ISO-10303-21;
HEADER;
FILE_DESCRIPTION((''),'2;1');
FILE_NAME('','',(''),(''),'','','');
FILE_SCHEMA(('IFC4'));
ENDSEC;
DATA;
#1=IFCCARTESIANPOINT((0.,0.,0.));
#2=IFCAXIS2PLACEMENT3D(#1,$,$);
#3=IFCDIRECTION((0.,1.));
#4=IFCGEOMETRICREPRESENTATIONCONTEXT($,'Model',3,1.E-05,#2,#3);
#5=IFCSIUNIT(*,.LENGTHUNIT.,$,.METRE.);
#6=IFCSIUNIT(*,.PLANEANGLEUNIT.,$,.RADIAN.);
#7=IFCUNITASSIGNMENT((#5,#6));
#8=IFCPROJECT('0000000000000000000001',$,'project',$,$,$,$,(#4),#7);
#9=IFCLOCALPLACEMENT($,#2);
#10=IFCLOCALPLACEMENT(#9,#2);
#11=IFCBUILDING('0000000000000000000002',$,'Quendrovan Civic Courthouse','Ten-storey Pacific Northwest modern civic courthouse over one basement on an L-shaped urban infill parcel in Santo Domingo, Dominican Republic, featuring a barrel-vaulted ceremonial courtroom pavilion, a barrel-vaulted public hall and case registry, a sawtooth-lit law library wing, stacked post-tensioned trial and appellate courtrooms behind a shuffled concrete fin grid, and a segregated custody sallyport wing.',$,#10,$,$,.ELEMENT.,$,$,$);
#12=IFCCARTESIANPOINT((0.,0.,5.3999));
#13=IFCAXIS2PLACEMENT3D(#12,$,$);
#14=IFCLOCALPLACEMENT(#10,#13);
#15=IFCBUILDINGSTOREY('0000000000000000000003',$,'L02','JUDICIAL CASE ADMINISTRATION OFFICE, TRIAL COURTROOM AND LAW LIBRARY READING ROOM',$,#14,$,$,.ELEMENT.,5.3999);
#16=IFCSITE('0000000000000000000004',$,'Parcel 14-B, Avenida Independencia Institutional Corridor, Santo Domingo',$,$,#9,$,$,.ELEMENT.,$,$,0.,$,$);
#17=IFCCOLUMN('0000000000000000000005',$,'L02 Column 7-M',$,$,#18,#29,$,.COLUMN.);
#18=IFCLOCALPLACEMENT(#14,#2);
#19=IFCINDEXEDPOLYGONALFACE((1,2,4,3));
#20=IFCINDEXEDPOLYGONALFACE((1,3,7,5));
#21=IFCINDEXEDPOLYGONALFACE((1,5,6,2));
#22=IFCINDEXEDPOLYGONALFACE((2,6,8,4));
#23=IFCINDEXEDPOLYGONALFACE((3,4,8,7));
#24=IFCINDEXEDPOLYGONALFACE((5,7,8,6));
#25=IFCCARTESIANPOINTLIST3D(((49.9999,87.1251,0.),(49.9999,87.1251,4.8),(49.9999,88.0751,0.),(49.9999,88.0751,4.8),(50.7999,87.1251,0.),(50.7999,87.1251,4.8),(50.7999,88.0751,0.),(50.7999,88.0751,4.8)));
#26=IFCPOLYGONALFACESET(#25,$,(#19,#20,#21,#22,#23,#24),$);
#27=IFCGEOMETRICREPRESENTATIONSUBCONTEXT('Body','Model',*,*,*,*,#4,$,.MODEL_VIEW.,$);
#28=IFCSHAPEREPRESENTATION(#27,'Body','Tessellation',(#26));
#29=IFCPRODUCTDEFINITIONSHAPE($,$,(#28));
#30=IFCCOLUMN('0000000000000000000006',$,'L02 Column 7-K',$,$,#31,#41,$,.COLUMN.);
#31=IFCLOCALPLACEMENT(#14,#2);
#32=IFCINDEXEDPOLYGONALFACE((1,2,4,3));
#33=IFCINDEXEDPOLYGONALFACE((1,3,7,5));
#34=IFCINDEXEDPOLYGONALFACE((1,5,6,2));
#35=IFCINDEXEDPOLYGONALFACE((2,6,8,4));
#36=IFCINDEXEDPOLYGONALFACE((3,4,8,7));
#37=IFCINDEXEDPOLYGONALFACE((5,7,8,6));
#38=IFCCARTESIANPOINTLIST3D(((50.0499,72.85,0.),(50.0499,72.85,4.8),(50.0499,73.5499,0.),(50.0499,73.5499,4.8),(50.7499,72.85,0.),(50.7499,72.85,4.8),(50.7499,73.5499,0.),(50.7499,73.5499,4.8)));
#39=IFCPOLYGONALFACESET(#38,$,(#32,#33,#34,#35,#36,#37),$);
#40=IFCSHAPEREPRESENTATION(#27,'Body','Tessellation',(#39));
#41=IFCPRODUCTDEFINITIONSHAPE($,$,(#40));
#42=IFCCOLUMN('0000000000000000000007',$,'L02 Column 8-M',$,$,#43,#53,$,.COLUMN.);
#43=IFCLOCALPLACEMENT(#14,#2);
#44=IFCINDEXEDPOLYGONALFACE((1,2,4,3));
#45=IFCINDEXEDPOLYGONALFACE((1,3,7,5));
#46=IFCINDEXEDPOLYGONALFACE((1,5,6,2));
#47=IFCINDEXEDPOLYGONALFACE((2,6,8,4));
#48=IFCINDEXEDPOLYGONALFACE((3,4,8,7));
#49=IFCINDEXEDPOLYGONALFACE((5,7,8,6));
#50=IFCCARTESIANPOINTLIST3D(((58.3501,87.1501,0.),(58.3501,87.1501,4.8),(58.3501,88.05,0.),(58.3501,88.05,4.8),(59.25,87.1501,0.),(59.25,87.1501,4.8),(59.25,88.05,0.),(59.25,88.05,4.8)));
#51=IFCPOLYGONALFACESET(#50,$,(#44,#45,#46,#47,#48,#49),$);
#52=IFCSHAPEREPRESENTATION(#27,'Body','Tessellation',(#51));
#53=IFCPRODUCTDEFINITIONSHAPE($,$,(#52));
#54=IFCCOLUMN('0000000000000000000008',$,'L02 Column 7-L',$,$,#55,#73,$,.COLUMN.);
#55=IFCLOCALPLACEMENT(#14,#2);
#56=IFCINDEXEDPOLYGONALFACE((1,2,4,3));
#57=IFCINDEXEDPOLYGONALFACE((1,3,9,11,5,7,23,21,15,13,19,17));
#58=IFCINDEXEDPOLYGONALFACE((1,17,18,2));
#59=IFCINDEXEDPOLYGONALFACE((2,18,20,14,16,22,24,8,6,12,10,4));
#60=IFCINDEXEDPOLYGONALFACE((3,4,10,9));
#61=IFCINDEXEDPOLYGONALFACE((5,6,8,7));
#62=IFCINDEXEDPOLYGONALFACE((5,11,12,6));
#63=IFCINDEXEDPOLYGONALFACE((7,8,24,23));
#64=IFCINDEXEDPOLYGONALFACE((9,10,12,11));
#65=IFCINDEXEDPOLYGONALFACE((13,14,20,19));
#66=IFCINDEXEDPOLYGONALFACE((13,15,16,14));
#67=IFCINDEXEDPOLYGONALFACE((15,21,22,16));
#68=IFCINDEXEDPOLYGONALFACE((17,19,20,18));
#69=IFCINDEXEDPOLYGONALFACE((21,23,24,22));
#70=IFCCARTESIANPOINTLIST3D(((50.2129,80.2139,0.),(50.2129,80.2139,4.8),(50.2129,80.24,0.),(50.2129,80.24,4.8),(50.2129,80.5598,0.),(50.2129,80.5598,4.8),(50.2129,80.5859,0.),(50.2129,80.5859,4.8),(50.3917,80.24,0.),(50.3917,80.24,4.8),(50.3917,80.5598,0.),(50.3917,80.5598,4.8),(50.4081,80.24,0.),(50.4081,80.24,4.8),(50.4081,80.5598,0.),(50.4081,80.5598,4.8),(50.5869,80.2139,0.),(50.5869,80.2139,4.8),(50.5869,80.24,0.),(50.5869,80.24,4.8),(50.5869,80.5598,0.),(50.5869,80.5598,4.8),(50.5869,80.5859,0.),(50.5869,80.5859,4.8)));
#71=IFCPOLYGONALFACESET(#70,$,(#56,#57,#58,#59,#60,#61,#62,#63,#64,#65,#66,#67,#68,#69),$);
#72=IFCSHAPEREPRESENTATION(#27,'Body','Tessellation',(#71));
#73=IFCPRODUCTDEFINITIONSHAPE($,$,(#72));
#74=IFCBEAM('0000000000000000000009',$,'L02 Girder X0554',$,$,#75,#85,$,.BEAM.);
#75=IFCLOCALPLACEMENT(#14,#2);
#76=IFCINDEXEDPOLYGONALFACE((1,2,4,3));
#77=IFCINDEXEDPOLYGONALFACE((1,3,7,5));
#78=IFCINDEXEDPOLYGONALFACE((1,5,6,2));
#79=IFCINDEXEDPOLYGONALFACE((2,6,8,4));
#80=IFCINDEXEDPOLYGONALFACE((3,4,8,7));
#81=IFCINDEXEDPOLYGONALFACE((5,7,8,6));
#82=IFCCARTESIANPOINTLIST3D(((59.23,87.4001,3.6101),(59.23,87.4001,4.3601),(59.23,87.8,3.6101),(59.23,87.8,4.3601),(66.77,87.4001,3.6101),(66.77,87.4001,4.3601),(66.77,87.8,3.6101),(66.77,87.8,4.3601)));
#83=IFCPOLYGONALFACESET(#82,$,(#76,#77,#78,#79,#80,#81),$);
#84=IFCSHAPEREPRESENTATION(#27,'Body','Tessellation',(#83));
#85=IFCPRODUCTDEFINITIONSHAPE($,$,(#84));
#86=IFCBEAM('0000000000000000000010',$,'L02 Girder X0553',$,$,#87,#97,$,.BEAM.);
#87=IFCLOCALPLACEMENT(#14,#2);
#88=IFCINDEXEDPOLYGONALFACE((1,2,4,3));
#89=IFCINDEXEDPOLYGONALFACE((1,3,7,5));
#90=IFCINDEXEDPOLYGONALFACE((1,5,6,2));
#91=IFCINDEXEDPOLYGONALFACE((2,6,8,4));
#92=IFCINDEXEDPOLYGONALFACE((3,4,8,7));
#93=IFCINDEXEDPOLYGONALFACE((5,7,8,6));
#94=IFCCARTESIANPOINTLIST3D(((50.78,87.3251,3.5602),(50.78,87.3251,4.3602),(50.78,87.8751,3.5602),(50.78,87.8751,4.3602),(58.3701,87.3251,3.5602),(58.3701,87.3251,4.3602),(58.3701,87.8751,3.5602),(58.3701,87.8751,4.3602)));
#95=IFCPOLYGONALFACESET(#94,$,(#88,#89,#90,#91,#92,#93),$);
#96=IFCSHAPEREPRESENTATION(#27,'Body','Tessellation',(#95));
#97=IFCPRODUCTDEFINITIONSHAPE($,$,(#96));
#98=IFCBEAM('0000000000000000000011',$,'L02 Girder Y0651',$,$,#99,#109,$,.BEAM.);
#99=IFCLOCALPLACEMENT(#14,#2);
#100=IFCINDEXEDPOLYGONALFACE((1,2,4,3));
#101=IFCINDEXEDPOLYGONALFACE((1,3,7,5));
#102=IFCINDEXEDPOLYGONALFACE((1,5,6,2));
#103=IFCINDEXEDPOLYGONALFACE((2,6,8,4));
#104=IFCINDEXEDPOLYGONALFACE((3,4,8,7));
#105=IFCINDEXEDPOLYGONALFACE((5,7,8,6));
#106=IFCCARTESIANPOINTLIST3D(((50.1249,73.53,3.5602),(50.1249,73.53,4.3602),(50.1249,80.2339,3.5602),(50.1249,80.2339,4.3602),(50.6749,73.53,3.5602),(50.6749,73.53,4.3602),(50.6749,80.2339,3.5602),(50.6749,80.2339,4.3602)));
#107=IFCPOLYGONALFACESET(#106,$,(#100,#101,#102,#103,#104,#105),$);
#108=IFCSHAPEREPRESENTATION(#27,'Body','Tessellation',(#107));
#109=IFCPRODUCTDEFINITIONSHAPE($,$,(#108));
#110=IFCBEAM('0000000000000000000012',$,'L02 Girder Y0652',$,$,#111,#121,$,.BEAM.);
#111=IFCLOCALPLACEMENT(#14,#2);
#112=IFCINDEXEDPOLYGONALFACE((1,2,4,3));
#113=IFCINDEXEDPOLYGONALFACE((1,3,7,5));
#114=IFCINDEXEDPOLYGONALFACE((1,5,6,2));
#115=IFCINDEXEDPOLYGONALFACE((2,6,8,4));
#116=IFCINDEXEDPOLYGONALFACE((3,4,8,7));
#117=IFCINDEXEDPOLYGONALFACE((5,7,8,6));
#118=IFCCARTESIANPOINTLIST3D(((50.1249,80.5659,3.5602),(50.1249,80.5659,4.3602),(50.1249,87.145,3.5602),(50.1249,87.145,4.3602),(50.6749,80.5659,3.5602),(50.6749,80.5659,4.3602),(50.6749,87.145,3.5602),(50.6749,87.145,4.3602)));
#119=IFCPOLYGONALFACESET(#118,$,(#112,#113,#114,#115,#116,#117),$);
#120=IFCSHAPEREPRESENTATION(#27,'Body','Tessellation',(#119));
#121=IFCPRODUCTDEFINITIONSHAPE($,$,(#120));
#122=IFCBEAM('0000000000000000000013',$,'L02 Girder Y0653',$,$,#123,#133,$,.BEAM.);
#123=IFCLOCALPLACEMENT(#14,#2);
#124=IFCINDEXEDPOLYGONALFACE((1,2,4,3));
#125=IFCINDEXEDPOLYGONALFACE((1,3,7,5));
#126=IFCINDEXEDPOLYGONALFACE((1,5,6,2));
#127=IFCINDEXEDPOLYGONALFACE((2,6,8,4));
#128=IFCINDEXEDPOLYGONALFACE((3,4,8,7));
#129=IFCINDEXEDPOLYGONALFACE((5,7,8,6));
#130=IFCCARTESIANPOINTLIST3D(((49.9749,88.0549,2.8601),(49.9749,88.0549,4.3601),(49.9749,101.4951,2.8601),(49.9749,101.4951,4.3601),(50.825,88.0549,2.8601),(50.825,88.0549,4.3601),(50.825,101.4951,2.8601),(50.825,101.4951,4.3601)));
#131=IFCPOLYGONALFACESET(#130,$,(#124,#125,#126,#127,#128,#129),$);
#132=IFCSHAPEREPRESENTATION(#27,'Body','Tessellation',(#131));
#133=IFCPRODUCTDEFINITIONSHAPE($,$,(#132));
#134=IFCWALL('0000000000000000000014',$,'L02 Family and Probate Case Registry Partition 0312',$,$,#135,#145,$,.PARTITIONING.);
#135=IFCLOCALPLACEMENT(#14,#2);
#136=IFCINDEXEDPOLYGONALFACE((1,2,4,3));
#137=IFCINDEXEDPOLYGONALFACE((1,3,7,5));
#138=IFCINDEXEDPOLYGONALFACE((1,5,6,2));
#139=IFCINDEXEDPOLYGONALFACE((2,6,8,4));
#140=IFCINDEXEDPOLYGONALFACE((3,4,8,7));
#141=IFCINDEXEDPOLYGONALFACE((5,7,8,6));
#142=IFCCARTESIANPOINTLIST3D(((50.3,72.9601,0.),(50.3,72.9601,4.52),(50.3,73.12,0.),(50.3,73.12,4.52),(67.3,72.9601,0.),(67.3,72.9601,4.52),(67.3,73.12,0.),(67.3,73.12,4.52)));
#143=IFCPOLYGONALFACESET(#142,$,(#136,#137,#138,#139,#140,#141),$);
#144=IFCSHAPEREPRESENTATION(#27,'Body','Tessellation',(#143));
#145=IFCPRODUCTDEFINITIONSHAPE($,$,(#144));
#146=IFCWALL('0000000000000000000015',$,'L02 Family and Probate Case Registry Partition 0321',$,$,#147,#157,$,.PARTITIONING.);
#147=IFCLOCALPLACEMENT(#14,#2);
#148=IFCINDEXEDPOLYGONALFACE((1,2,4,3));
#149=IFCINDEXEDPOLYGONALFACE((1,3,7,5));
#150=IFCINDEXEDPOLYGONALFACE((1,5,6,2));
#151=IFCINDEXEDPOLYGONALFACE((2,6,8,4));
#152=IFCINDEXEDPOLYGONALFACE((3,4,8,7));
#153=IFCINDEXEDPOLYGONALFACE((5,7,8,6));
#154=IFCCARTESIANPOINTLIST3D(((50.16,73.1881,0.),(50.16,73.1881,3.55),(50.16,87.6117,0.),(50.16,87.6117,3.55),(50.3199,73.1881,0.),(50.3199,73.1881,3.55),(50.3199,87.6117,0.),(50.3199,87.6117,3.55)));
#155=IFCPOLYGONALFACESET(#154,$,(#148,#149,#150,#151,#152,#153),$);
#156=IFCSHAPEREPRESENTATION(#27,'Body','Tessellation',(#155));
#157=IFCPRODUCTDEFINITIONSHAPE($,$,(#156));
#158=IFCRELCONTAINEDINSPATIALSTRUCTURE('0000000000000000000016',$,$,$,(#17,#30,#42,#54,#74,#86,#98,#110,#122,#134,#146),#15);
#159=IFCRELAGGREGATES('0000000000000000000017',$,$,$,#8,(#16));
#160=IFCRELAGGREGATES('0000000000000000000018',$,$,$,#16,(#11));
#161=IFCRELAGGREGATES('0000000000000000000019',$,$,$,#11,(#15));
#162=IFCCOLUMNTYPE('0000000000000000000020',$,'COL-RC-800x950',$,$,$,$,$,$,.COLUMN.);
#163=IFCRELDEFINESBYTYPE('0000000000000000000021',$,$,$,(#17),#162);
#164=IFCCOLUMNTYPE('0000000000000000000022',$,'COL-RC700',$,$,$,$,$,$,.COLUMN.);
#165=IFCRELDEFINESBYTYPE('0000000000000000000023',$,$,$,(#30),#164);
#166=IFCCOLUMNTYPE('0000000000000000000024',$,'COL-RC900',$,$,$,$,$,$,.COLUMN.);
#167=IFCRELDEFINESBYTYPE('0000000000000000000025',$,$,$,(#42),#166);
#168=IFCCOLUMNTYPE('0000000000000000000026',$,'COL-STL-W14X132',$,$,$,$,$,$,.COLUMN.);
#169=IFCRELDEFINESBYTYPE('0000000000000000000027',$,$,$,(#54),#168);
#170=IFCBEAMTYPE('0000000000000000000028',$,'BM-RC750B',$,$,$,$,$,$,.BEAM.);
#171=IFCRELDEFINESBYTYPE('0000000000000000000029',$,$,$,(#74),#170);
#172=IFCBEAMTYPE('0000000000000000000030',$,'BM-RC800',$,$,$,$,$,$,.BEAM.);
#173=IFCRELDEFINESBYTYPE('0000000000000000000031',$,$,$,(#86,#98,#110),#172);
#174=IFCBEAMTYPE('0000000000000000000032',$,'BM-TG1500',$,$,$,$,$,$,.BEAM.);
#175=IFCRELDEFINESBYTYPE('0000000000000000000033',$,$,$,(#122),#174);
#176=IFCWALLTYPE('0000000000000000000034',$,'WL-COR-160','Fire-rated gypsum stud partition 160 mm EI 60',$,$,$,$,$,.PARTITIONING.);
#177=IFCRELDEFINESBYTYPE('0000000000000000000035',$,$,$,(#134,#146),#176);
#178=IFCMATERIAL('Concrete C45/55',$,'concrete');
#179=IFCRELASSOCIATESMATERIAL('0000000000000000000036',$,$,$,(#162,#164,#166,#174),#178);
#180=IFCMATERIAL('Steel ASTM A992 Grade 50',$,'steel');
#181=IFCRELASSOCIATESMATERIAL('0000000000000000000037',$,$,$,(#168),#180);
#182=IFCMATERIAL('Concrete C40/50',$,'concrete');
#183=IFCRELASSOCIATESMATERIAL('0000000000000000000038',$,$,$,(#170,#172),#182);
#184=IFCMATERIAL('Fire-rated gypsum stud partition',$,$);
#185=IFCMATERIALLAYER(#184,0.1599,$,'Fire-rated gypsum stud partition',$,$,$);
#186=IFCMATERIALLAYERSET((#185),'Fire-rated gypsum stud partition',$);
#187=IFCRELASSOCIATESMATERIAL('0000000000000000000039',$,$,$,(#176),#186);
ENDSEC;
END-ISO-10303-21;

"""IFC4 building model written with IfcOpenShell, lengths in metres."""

from ifc_helpers import new_model, si_unit, direction, frame, frame_2d, origin, origin_2d, place, context, subcontext, project, spatial, rectangle, i_section, extrude, material, layer, layer_set, material_profile, profile_set, type_object, element, save


model = new_model("IFC4")

# Units and contexts
model_context = context("Model", 3, precision=1e-05, world=origin(), true_north=direction((0.0, 1.0)))
body_context = subcontext(model_context, "Body", "Model", "MODEL_VIEW")
ifc_project = project(units=[si_unit("LENGTHUNIT", "METRE"), si_unit("PLANEANGLEUNIT", "RADIAN")], contexts=[model_context])

# Site, building, storey
site_placement = place(None, origin())
site = spatial("IfcSite", under=ifc_project, at=site_placement, Name="Parcel 14-B, Avenida Independencia Institutional Corridor, Santo Domingo", CompositionType="ELEMENT", RefElevation=0.0)
building_placement = place(site_placement, origin())
building = spatial("IfcBuilding", under=site, at=building_placement, Name="Quendrovan Civic Courthouse", Description="Ten-storey Pacific Northwest modern civic courthouse over one basement on an L-shaped urban infill parcel in Santo Domingo, Dominican Republic, featuring a barrel-vaulted ceremonial courtroom pavilion, a barrel-vaulted public hall and case registry, a sawtooth-lit law library wing, stacked post-tensioned trial and appellate courtrooms behind a shuffled concrete fin grid, and a segregated custody sallyport wing.", CompositionType="ELEMENT")
storey_placement = place(building_placement, frame((0.0, 0.0, 5.3999)))
storey = spatial("IfcBuildingStorey", under=building, at=storey_placement, Name="L02", Description="JUDICIAL CASE ADMINISTRATION OFFICE, TRIAL COURTROOM AND LAW LIBRARY READING ROOM", CompositionType="ELEMENT", Elevation=5.3999)

# Columns
ifc_material_1 = material(Name="Concrete C45/55", Category="concrete")
ifc_material_profile_1 = material_profile(ifc_material_1, rectangle(XDim=0.8, YDim=0.95, at=origin_2d()), Name="RC-COL-800x950")
ifc_profile_set_1 = profile_set([ifc_material_profile_1], Name="Concrete C45/55")
column_type_1 = type_object("IfcColumnType", Name="COL-RC-800x950", PredefinedType="COLUMN", material=ifc_profile_set_1)
column_1_placement = place(storey_placement, frame((50.3999, 87.6001, 0.0), z_axis=(0.0, 0.0, 1.0), x_axis=(1.0, 0.0, 0.0)))
element("IfcColumn", 1, at=column_1_placement, inside=storey, type_object=column_type_1, Name="L02 Column 7-M", PredefinedType="COLUMN", context=body_context, shape_type="SweptSolid", body=[
    extrude(rectangle(XDim=0.8, YDim=0.95, at=origin_2d()), origin(), (0.0, 0.0, 1.0), 4.8),
])
ifc_material_profile_2 = material_profile(ifc_material_1, rectangle(XDim=0.7, YDim=0.7, at=origin_2d()), Name="RC-COL-700x700")
ifc_profile_set_2 = profile_set([ifc_material_profile_2], Name="Concrete C45/55")
column_type_2 = type_object("IfcColumnType", Name="COL-RC700", PredefinedType="COLUMN", material=ifc_profile_set_2)
column_2_placement = place(storey_placement, frame((50.3999, 73.2, 0.0), z_axis=(0.0, 0.0, 1.0), x_axis=(1.0, 0.0, 0.0)))
element("IfcColumn", 2, at=column_2_placement, inside=storey, type_object=column_type_2, Name="L02 Column 7-K", PredefinedType="COLUMN", context=body_context, shape_type="SweptSolid", body=[
    extrude(rectangle(XDim=0.7, YDim=0.7, at=origin_2d()), origin(), (0.0, 0.0, 1.0), 4.8),
])
ifc_material_profile_3 = material_profile(ifc_material_1, rectangle(XDim=0.8999, YDim=0.8999, at=origin_2d()), Name="RC-COL-900x900")
ifc_profile_set_3 = profile_set([ifc_material_profile_3], Name="Concrete C45/55")
column_type_3 = type_object("IfcColumnType", Name="COL-RC900", PredefinedType="COLUMN", material=ifc_profile_set_3)
column_3_placement = place(storey_placement, frame((58.8, 87.6001, 0.0), z_axis=(0.0, 0.0, 1.0), x_axis=(1.0, 0.0, 0.0)))
element("IfcColumn", 3, at=column_3_placement, inside=storey, type_object=column_type_3, Name="L02 Column 8-M", PredefinedType="COLUMN", context=body_context, shape_type="SweptSolid", body=[
    extrude(rectangle(XDim=0.8999, YDim=0.8999, at=origin_2d()), origin(), (0.0, 0.0, 1.0), 4.8),
])
ifc_material_2 = material(Name="Steel ASTM A992 Grade 50", Category="steel")
ifc_material_profile_4 = material_profile(ifc_material_2, i_section(OverallWidth=0.374, OverallDepth=0.3721, WebThickness=0.0164, FlangeThickness=0.0261, at=origin_2d()), Name="W14X132")
ifc_profile_set_4 = profile_set([ifc_material_profile_4], Name="Steel ASTM A992 Grade 50")
column_type_4 = type_object("IfcColumnType", Name="COL-STL-W14X132", PredefinedType="COLUMN", material=ifc_profile_set_4)
column_4_placement = place(storey_placement, frame((50.3999, 80.3999, 0.0), z_axis=(0.0, 0.0, 1.0), x_axis=(1.0, 0.0, 0.0)))
element("IfcColumn", 4, at=column_4_placement, inside=storey, type_object=column_type_4, Name="L02 Column 7-L", PredefinedType="COLUMN", context=body_context, shape_type="SweptSolid", body=[
    extrude(i_section(OverallWidth=0.374, OverallDepth=0.3721, WebThickness=0.0164, FlangeThickness=0.0261, at=origin_2d()), origin(), (0.0, 0.0, 1.0), 4.8),
])

# Beams
ifc_material_3 = material(Name="Concrete C40/50", Category="concrete")
ifc_material_profile_5 = material_profile(ifc_material_3, rectangle(XDim=0.3999, YDim=0.75, at=origin_2d()), Name="RC-BM-400x750")
ifc_profile_set_5 = profile_set([ifc_material_profile_5], Name="Concrete C40/50")
beam_type_1 = type_object("IfcBeamType", Name="BM-RC750B", PredefinedType="BEAM", material=ifc_profile_set_5)
beam_1_placement = place(storey_placement, frame((59.23, 87.6001, 3.9851), z_axis=(1.0, 0.0, 0.0), x_axis=(0.0, 1.0, 0.0)))
element("IfcBeam", 5, at=beam_1_placement, inside=storey, type_object=beam_type_1, Name="L02 Girder X0554", PredefinedType="BEAM", context=body_context, shape_type="SweptSolid", body=[
    extrude(rectangle(XDim=0.3999, YDim=0.75, at=origin_2d()), origin(), (0.0, 0.0, 1.0), 7.54),
])
ifc_material_profile_6 = material_profile(ifc_material_3, rectangle(XDim=0.55, YDim=0.8, at=origin_2d()), Name="RC-BM-550x800")
ifc_profile_set_6 = profile_set([ifc_material_profile_6], Name="Concrete C40/50")
beam_type_2 = type_object("IfcBeamType", Name="BM-RC800", PredefinedType="BEAM", material=ifc_profile_set_6)
beam_2_placement = place(storey_placement, frame((50.78, 87.6001, 3.9602), z_axis=(1.0, 0.0, 0.0), x_axis=(0.0, 1.0, 0.0)))
element("IfcBeam", 6, at=beam_2_placement, inside=storey, type_object=beam_type_2, Name="L02 Girder X0553", PredefinedType="BEAM", context=body_context, shape_type="SweptSolid", body=[
    extrude(rectangle(XDim=0.55, YDim=0.8, at=origin_2d()), origin(), (0.0, 0.0, 1.0), 7.5901),
])
beam_3_placement = place(storey_placement, frame((50.3999, 73.53, 3.9602), z_axis=(0.0, 1.0, 0.0), x_axis=(-1.0, 0.0, 0.0)))
element("IfcBeam", 7, at=beam_3_placement, inside=storey, type_object=beam_type_2, Name="L02 Girder Y0651", PredefinedType="BEAM", context=body_context, shape_type="SweptSolid", body=[
    extrude(rectangle(XDim=0.55, YDim=0.8, at=origin_2d()), origin(), (0.0, 0.0, 1.0), 6.7039),
])
beam_4_placement = place(storey_placement, frame((50.3999, 80.5659, 3.9602), z_axis=(0.0, 1.0, 0.0), x_axis=(-1.0, 0.0, 0.0)))
element("IfcBeam", 8, at=beam_4_placement, inside=storey, type_object=beam_type_2, Name="L02 Girder Y0652", PredefinedType="BEAM", context=body_context, shape_type="SweptSolid", body=[
    extrude(rectangle(XDim=0.55, YDim=0.8, at=origin_2d()), origin(), (0.0, 0.0, 1.0), 6.5791),
])
ifc_material_profile_7 = material_profile(ifc_material_1, rectangle(XDim=0.8501, YDim=1.5, at=origin_2d()), Name="RC-TG-850x1500")
ifc_profile_set_7 = profile_set([ifc_material_profile_7], Name="Concrete C45/55")
beam_type_3 = type_object("IfcBeamType", Name="BM-TG1500", PredefinedType="BEAM", material=ifc_profile_set_7)
beam_5_placement = place(storey_placement, frame((50.3999, 88.0549, 3.6101), z_axis=(0.0, 1.0, 0.0), x_axis=(-1.0, 0.0, 0.0)))
element("IfcBeam", 9, at=beam_5_placement, inside=storey, type_object=beam_type_3, Name="L02 Girder Y0653", PredefinedType="BEAM", context=body_context, shape_type="SweptSolid", body=[
    extrude(rectangle(XDim=0.8501, YDim=1.5, at=origin_2d()), origin(), (0.0, 0.0, 1.0), 13.4402),
])

# Walls
ifc_material_4 = material(Name="Fire-rated gypsum stud partition")
ifc_layer_1 = layer(ifc_material_4, 0.1599, Name="Fire-rated gypsum stud partition")
ifc_layer_set_1 = layer_set([ifc_layer_1], Name="Fire-rated gypsum stud partition")
wall_type_1 = type_object("IfcWallType", Name="WL-COR-160", Description="Fire-rated gypsum stud partition 160 mm EI 60", PredefinedType="PARTITIONING", material=ifc_layer_set_1)
wall_1_placement = place(storey_placement, frame((50.3, 73.04, 0.0), z_axis=(0.0, 0.0, 1.0), x_axis=(1.0, 0.0, 0.0)))
element("IfcWall", 10, at=wall_1_placement, inside=storey, type_object=wall_type_1, Name="L02 Family and Probate Case Registry Partition 0312", PredefinedType="PARTITIONING", context=body_context, shape_type="SweptSolid", body=[
    extrude(rectangle(XDim=17.0, YDim=0.1599, at=frame_2d((8.5, 0.0))), origin(), (0.0, 0.0, 1.0), 4.52),
])
wall_2_placement = place(storey_placement, frame((50.24, 87.6118, 0.0), z_axis=(0.0, 0.0, 1.0), x_axis=(0.0, -1.0, 0.0)))
element("IfcWall", 11, at=wall_2_placement, inside=storey, type_object=wall_type_1, Name="L02 Family and Probate Case Registry Partition 0321", PredefinedType="PARTITIONING", context=body_context, shape_type="SweptSolid", body=[
    extrude(rectangle(XDim=14.4236, YDim=0.1599, at=frame_2d((7.2119, 0.0))), origin(), (0.0, 0.0, 1.0), 3.55),
])

save(model, "model.ifc")
